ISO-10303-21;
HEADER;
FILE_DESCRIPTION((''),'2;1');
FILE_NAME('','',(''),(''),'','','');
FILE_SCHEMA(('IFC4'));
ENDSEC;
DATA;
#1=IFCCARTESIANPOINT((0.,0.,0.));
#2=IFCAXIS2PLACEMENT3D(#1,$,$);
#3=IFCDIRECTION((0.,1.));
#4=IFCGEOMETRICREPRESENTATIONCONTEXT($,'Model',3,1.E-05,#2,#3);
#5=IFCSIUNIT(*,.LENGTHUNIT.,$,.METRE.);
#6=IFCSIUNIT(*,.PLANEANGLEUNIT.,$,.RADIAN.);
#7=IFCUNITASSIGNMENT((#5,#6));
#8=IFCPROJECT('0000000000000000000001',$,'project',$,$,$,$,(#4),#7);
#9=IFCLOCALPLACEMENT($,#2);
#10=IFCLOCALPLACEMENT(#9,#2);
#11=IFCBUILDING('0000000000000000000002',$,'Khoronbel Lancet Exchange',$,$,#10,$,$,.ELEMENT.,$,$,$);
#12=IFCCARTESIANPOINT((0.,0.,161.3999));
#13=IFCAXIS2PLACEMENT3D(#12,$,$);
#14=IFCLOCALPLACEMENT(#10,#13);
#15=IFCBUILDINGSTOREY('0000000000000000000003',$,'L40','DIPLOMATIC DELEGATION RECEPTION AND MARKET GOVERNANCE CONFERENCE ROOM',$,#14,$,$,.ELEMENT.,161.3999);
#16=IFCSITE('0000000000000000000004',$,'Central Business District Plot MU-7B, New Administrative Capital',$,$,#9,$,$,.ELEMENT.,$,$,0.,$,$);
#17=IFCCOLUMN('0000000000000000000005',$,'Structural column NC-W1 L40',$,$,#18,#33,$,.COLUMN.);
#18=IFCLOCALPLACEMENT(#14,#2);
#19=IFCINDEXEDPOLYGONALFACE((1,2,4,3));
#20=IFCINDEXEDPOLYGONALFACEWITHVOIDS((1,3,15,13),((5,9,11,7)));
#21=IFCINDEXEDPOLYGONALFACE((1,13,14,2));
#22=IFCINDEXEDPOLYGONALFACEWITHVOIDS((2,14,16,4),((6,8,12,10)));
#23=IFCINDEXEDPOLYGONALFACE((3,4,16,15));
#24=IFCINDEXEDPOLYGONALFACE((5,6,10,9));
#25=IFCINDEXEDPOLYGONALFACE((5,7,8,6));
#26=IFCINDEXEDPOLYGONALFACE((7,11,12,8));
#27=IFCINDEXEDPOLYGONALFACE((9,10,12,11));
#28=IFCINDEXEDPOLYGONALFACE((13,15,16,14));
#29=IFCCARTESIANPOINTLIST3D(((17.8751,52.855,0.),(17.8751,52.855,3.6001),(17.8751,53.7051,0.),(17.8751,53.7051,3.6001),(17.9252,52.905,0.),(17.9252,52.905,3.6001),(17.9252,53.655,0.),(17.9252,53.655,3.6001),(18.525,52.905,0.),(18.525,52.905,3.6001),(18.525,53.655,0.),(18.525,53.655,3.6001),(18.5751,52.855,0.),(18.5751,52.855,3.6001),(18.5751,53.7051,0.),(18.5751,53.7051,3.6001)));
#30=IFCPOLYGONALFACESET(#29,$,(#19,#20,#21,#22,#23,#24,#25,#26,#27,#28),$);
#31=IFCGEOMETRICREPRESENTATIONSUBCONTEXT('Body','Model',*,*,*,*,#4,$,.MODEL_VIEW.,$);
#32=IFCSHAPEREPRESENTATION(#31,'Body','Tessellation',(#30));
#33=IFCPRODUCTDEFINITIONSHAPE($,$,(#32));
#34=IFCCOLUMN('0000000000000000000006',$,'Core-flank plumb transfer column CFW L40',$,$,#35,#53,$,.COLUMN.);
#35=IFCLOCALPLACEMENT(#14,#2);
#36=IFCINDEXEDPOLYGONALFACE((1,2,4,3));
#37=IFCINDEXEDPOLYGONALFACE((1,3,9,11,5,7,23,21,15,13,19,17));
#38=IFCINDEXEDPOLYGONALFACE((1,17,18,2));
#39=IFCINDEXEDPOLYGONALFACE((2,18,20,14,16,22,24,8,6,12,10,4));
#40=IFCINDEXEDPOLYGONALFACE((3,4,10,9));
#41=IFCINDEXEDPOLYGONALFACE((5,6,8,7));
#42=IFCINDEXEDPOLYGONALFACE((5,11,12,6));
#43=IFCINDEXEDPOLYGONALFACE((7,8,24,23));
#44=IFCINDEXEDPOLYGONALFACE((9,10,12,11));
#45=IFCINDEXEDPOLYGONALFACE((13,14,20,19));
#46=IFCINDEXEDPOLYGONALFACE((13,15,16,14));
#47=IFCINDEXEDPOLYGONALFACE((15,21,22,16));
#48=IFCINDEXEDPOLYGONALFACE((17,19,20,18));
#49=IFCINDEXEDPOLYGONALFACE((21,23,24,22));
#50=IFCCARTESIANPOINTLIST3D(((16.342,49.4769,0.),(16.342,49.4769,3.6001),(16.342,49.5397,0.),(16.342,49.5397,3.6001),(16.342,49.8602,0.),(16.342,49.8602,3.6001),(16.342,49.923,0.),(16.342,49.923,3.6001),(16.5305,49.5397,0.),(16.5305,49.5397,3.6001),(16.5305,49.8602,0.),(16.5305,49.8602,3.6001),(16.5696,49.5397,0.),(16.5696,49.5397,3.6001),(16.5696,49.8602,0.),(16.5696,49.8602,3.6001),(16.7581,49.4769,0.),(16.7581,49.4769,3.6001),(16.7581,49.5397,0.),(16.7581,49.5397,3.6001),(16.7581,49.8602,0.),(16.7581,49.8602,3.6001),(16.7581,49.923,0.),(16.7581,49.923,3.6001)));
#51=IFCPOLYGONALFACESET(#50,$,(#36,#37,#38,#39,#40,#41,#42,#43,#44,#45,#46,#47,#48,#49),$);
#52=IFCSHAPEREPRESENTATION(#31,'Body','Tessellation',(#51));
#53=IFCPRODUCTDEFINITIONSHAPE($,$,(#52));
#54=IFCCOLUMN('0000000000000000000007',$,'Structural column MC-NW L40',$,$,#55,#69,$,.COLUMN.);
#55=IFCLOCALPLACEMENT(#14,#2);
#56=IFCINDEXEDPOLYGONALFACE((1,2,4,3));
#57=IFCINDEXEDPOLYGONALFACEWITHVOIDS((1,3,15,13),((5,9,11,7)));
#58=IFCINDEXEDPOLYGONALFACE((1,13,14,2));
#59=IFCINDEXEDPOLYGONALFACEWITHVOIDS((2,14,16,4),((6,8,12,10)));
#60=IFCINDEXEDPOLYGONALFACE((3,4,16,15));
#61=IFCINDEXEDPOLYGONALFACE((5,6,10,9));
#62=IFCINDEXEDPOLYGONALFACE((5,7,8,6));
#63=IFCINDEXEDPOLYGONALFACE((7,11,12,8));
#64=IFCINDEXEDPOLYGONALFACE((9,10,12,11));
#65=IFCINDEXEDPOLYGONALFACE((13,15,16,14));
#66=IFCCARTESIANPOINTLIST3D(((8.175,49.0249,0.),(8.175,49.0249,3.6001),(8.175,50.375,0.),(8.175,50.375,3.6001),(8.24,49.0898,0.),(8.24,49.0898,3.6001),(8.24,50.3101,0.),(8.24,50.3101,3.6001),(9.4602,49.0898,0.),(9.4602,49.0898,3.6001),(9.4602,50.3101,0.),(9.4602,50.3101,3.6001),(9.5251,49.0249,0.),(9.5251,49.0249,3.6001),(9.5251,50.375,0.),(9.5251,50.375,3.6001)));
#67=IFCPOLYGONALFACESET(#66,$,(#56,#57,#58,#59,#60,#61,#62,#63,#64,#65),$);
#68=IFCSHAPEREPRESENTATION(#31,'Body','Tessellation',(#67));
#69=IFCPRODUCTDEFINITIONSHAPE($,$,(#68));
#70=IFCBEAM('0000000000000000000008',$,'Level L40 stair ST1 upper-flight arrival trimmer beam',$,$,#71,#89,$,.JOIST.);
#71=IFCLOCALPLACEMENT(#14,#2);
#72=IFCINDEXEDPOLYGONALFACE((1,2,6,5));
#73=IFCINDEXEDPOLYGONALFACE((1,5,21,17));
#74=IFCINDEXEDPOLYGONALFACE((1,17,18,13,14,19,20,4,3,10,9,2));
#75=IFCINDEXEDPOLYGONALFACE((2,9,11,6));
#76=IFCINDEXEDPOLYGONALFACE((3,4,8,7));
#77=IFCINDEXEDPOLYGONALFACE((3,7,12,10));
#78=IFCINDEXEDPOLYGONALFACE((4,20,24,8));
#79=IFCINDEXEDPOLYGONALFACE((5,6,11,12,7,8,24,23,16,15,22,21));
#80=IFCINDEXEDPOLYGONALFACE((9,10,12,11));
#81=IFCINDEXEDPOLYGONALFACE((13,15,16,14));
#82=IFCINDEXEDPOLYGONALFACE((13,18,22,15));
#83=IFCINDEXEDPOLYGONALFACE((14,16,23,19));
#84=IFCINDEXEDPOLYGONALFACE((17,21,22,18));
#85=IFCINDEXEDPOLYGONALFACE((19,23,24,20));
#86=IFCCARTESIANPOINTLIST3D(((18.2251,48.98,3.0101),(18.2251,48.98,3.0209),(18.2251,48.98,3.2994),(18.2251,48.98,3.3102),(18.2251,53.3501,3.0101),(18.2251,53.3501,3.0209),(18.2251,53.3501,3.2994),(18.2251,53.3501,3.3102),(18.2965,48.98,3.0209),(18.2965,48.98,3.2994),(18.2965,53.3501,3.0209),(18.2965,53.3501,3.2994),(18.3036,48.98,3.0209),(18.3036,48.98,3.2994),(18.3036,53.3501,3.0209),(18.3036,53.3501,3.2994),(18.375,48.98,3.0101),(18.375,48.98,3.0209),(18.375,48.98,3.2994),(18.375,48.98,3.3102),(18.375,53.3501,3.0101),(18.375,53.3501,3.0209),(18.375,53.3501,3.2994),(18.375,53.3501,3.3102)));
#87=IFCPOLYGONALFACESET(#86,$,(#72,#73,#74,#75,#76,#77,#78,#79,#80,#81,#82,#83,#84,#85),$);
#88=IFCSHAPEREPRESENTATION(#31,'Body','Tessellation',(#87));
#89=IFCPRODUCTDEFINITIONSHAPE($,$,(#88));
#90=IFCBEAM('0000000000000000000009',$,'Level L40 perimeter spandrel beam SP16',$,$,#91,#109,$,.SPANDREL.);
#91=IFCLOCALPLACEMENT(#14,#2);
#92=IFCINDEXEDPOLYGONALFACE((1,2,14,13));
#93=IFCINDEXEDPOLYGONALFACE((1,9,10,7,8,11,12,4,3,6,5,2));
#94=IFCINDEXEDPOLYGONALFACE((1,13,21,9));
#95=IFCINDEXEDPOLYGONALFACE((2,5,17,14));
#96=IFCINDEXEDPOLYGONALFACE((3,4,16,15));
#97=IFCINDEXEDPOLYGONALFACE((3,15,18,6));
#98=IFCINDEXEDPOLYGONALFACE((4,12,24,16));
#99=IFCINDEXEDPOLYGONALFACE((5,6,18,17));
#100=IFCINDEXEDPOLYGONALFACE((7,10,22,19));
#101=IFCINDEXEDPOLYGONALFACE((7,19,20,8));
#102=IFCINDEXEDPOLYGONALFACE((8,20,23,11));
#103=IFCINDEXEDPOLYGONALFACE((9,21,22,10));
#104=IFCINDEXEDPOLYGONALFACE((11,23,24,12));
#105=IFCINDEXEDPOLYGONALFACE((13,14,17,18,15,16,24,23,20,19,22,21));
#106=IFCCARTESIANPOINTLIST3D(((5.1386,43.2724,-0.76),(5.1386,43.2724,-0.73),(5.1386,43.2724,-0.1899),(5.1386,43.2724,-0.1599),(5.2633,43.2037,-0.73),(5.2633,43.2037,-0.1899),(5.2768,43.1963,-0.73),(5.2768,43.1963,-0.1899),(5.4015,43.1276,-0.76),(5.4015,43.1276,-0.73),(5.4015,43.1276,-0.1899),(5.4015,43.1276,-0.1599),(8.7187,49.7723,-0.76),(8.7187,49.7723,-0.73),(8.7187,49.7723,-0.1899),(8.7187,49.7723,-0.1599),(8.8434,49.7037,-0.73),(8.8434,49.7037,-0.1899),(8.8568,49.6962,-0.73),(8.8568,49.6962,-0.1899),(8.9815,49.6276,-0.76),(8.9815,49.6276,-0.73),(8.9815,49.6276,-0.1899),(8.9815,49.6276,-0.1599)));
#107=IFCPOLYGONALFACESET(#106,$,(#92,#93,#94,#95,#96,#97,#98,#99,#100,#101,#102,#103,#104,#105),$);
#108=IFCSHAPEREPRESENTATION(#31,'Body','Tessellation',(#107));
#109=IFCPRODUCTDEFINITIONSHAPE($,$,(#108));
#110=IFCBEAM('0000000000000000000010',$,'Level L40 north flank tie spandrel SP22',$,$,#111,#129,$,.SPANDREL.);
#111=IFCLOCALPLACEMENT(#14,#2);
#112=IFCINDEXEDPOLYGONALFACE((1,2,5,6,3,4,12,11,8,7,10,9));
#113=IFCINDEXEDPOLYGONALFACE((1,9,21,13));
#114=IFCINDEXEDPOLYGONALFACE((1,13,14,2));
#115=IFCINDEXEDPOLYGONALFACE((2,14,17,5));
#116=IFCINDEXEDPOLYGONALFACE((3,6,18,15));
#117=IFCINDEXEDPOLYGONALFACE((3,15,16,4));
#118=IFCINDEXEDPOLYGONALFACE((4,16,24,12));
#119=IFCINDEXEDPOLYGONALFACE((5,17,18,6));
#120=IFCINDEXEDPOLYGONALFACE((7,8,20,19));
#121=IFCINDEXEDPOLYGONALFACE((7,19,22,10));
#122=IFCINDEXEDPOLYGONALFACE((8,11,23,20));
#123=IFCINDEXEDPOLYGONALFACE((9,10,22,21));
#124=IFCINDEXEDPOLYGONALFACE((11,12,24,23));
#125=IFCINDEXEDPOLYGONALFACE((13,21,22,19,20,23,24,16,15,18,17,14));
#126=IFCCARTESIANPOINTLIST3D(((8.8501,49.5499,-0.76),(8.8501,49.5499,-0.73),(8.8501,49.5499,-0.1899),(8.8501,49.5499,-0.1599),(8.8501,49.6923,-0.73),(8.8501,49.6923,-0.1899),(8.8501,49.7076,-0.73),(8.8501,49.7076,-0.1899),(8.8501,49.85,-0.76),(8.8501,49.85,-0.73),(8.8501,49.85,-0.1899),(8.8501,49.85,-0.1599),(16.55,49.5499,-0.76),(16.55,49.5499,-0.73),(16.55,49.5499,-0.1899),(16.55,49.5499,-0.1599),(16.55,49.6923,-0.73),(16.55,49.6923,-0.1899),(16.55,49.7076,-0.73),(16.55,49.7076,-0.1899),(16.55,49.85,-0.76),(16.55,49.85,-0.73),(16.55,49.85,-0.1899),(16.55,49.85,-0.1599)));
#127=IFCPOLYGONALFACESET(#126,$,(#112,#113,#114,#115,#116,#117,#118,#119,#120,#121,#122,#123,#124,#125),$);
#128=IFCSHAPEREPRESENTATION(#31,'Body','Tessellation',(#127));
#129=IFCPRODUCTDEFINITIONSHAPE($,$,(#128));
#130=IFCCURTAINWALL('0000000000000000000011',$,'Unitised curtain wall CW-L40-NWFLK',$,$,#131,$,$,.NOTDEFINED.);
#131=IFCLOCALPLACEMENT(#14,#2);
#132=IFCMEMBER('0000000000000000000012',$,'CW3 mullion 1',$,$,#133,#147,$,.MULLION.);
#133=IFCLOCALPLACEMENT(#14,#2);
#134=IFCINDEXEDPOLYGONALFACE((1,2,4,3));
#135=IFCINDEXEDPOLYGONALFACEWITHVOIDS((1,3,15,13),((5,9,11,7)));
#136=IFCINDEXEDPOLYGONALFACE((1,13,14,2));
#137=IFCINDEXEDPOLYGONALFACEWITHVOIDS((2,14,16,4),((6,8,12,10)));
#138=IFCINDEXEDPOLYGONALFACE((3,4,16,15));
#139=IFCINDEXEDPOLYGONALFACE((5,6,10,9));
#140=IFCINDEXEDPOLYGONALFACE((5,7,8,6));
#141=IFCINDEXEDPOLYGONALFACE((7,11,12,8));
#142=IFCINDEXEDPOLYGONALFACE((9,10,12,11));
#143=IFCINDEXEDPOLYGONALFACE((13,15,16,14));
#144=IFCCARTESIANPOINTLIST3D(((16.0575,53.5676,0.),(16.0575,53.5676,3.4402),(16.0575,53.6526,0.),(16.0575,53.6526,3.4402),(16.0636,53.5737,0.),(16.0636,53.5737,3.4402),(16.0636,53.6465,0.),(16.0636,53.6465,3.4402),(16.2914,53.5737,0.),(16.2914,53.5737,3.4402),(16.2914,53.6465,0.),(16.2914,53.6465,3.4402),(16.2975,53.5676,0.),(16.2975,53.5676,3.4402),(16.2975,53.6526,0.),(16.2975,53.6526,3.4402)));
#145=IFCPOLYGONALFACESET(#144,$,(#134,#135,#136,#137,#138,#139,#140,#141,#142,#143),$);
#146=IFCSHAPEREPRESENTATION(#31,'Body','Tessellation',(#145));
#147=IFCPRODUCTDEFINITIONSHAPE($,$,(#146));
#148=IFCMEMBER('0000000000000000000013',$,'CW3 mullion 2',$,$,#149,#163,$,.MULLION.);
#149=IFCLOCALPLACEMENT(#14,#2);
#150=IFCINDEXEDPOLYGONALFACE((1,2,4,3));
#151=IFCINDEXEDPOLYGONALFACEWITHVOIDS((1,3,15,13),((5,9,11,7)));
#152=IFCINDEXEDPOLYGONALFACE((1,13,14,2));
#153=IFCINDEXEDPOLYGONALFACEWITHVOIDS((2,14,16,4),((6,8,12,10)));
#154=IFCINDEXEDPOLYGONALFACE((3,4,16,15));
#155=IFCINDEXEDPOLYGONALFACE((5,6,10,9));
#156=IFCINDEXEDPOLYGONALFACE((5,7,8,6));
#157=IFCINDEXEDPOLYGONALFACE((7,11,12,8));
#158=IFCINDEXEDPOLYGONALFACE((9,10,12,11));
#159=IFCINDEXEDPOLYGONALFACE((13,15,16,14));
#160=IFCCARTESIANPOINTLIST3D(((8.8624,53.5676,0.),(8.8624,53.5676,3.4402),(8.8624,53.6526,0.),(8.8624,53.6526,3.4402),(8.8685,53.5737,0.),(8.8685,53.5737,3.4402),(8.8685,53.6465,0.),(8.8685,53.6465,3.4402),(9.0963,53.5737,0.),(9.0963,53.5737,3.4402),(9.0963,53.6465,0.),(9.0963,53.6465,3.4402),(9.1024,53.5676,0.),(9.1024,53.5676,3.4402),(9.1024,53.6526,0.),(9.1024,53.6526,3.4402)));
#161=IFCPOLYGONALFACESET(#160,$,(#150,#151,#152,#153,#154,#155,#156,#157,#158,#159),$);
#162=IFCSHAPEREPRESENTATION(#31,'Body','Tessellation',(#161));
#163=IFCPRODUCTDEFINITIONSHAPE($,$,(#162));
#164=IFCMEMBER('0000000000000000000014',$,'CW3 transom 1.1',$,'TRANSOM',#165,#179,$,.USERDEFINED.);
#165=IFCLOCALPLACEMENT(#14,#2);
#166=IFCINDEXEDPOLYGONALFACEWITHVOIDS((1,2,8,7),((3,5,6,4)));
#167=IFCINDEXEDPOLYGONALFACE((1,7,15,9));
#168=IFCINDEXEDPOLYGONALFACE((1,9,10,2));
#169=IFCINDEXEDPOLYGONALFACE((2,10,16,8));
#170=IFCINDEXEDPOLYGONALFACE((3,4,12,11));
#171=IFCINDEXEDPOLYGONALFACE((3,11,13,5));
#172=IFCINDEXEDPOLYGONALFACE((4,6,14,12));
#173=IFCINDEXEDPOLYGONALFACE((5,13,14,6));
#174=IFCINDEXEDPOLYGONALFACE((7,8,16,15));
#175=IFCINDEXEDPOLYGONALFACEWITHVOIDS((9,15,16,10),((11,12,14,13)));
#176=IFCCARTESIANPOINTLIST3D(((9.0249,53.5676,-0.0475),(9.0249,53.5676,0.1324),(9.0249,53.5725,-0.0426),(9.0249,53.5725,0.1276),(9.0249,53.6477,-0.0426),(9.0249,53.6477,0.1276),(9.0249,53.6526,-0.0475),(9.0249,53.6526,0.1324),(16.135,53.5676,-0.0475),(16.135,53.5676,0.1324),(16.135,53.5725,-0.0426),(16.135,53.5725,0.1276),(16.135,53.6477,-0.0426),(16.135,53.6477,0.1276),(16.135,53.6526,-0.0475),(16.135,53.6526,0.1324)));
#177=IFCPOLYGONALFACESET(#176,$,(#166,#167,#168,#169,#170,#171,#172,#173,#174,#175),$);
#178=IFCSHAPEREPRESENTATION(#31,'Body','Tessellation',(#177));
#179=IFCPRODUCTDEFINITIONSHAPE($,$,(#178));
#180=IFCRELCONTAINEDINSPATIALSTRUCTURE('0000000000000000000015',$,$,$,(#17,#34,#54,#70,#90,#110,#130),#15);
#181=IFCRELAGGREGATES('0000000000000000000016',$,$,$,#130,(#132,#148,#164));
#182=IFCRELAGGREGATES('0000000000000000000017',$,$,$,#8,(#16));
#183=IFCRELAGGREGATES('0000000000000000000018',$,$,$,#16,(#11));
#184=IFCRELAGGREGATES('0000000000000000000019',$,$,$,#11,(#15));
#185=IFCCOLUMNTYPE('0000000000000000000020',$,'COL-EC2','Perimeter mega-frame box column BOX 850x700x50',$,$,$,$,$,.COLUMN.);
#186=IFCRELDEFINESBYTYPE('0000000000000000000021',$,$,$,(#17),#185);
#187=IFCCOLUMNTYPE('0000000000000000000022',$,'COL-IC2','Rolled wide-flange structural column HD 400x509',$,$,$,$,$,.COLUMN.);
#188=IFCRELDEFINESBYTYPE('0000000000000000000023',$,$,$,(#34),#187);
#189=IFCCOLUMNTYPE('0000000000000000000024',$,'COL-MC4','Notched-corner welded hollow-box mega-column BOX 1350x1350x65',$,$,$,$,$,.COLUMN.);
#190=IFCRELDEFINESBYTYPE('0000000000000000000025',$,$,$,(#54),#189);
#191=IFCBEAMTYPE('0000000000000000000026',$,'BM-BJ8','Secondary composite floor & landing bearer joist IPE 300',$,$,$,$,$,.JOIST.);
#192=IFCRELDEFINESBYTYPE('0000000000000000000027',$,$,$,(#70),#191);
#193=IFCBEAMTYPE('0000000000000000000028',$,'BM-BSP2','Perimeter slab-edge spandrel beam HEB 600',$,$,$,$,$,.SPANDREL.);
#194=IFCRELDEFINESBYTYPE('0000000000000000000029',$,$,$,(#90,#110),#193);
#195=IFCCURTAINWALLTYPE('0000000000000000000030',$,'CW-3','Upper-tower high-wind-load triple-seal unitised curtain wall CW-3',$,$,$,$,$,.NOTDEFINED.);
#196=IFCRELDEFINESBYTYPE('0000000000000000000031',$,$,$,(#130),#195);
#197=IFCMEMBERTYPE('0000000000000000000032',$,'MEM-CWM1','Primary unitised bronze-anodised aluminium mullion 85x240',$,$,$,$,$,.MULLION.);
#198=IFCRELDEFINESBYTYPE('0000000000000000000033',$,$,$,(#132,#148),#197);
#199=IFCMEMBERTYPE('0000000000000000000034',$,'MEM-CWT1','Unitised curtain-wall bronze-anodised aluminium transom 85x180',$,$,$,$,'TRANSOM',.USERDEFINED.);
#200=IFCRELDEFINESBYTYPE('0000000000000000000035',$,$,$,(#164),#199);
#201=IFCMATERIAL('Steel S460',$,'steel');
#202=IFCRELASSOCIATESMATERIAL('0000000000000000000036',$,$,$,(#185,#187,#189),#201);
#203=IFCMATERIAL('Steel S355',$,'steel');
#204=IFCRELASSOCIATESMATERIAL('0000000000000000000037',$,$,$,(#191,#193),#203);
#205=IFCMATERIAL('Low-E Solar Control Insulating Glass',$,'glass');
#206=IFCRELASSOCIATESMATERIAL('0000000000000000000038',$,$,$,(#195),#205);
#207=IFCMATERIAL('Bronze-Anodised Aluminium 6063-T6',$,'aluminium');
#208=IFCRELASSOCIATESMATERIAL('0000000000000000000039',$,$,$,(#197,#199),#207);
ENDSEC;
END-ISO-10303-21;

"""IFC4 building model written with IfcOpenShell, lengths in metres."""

from ifc_helpers import new_model, si_unit, direction, frame, origin, origin_2d, place, context, subcontext, project, spatial, hollow_rectangle, i_section, extrude, material, material_profile, profile_set, type_object, element, aggregate, save


model = new_model("IFC4")

# Units and contexts
model_context = context("Model", 3, precision=1e-05, world=origin(), true_north=direction((0.0, 1.0)))
body_context = subcontext(model_context, "Body", "Model", "MODEL_VIEW")
ifc_project = project(units=[si_unit("LENGTHUNIT", "METRE"), si_unit("PLANEANGLEUNIT", "RADIAN")], contexts=[model_context])

# Site, building, storey
site_placement = place(None, origin())
site = spatial("IfcSite", under=ifc_project, at=site_placement, Name="Central Business District Plot MU-7B, New Administrative Capital", CompositionType="ELEMENT", RefElevation=0.0)
building_placement = place(site_placement, origin())
building = spatial("IfcBuilding", under=site, at=building_placement, Name="Khoronbel Lancet Exchange", CompositionType="ELEMENT")
storey_placement = place(building_placement, frame((0.0, 0.0, 161.3999)))
storey = spatial("IfcBuildingStorey", under=building, at=storey_placement, Name="L40", Description="DIPLOMATIC DELEGATION RECEPTION AND MARKET GOVERNANCE CONFERENCE ROOM", CompositionType="ELEMENT", Elevation=161.3999)

# Columns
ifc_material_1 = material(Name="Steel S460", Category="steel")
ifc_material_profile_1 = material_profile(ifc_material_1, hollow_rectangle(XDim=0.7, YDim=0.8501, WallThickness=0.05, at=origin_2d()), Name="BOX 850x700x50")
ifc_profile_set_1 = profile_set([ifc_material_profile_1], Name="Steel S460")
column_type_1 = type_object("IfcColumnType", Name="COL-EC2", Description="Perimeter mega-frame box column BOX 850x700x50", PredefinedType="COLUMN", material=ifc_profile_set_1)
column_1_placement = place(storey_placement, frame((18.2251, 53.28, 0.0), z_axis=(0.0, 0.0, 1.0), x_axis=(1.0, 0.0, 0.0)))
element("IfcColumn", 1, at=column_1_placement, inside=storey, type_object=column_type_1, Name="Structural column NC-W1 L40", PredefinedType="COLUMN", context=body_context, shape_type="SweptSolid", body=[
    extrude(hollow_rectangle(XDim=0.7, YDim=0.8501, WallThickness=0.05, at=origin_2d()), origin(), (0.0, 0.0, 1.0), 3.6001),
])
ifc_material_profile_2 = material_profile(ifc_material_1, i_section(OverallWidth=0.416, OverallDepth=0.446, WebThickness=0.0391, FlangeThickness=0.0627, at=origin_2d()), Name="HD 400x509")
ifc_profile_set_2 = profile_set([ifc_material_profile_2], Name="Steel S460")
column_type_2 = type_object("IfcColumnType", Name="COL-IC2", Description="Rolled wide-flange structural column HD 400x509", PredefinedType="COLUMN", material=ifc_profile_set_2)
column_2_placement = place(storey_placement, frame((16.55, 49.7, 0.0), z_axis=(0.0, 0.0, 1.0), x_axis=(1.0, 0.0, 0.0)))
element("IfcColumn", 2, at=column_2_placement, inside=storey, type_object=column_type_2, Name="Core-flank plumb transfer column CFW L40", PredefinedType="COLUMN", context=body_context, shape_type="SweptSolid", body=[
    extrude(i_section(OverallWidth=0.416, OverallDepth=0.446, WebThickness=0.0391, FlangeThickness=0.0627, at=origin_2d()), origin(), (0.0, 0.0, 1.0), 3.6001),
])
ifc_material_profile_3 = material_profile(ifc_material_1, hollow_rectangle(XDim=1.3501, YDim=1.3501, WallThickness=0.0649, at=origin_2d()), Name="BOX 1350x1350x65")
ifc_profile_set_3 = profile_set([ifc_material_profile_3], Name="Steel S460")
column_type_3 = type_object("IfcColumnType", Name="COL-MC4", Description="Notched-corner welded hollow-box mega-column BOX 1350x1350x65", PredefinedType="COLUMN", material=ifc_profile_set_3)
column_3_placement = place(storey_placement, frame((8.8501, 49.7, 0.0), z_axis=(0.0, 0.0, 1.0), x_axis=(1.0, 0.0, 0.0)))
element("IfcColumn", 3, at=column_3_placement, inside=storey, type_object=column_type_3, Name="Structural column MC-NW L40", PredefinedType="COLUMN", context=body_context, shape_type="SweptSolid", body=[
    extrude(hollow_rectangle(XDim=1.3501, YDim=1.3501, WallThickness=0.0649, at=origin_2d()), origin(), (0.0, 0.0, 1.0), 3.6001),
])

# Beams
ifc_material_2 = material(Name="Steel S355", Category="steel")
ifc_material_profile_4 = material_profile(ifc_material_2, i_section(OverallWidth=0.1499, OverallDepth=0.3, WebThickness=0.0071, FlangeThickness=0.0107, at=origin_2d()), Name="IPE 300")
ifc_profile_set_4 = profile_set([ifc_material_profile_4], Name="Steel S355")
beam_type_1 = type_object("IfcBeamType", Name="BM-BJ8", Description="Secondary composite floor & landing bearer joist IPE 300", PredefinedType="JOIST", material=ifc_profile_set_4)
beam_1_placement = place(storey_placement, frame((18.3, 48.98, 3.1602), z_axis=(0.0, 1.0, 0.0), x_axis=(-1.0, 0.0, 0.0)))
element("IfcBeam", 4, at=beam_1_placement, inside=storey, type_object=beam_type_1, Name="Level L40 stair ST1 upper-flight arrival trimmer beam", PredefinedType="JOIST", context=body_context, shape_type="SweptSolid", body=[
    extrude(i_section(OverallWidth=0.1499, OverallDepth=0.3, WebThickness=0.0071, FlangeThickness=0.0107, at=origin_2d()), origin(), (0.0, 0.0, 1.0), 4.3701),
])
ifc_material_profile_5 = material_profile(ifc_material_2, i_section(OverallWidth=0.3, OverallDepth=0.6001, WebThickness=0.0154, FlangeThickness=0.03, at=origin_2d()), Name="HEB 600")
ifc_profile_set_5 = profile_set([ifc_material_profile_5], Name="Steel S355")
beam_type_2 = type_object("IfcBeamType", Name="BM-BSP2", Description="Perimeter slab-edge spandrel beam HEB 600", PredefinedType="SPANDREL", material=ifc_profile_set_5)
beam_2_placement = place(storey_placement, frame((8.8501, 49.7, -0.46), z_axis=(-0.482444, -0.875927, 0.0), x_axis=(0.875927, -0.482444, 0.0)))
element("IfcBeam", 5, at=beam_2_placement, inside=storey, type_object=beam_type_2, Name="Level L40 perimeter spandrel beam SP16", PredefinedType="SPANDREL", context=body_context, shape_type="SweptSolid", body=[
    extrude(i_section(OverallWidth=0.3, OverallDepth=0.6001, WebThickness=0.0154, FlangeThickness=0.03, at=origin_2d()), origin(), (0.0, 0.0, 1.0), 7.4207),
])
beam_3_placement = place(storey_placement, frame((8.8501, 49.7, -0.46), z_axis=(1.0, 0.0, 0.0), x_axis=(0.0, 1.0, 0.0)))
element("IfcBeam", 6, at=beam_3_placement, inside=storey, type_object=beam_type_2, Name="Level L40 north flank tie spandrel SP22", PredefinedType="SPANDREL", context=body_context, shape_type="SweptSolid", body=[
    extrude(i_section(OverallWidth=0.3, OverallDepth=0.6001, WebThickness=0.0154, FlangeThickness=0.03, at=origin_2d()), origin(), (0.0, 0.0, 1.0), 7.7),
])

# Curtain wall, members
ifc_material_3 = material(Name="Low-E Solar Control Insulating Glass", Category="glass")
curtain_wall_type = type_object("IfcCurtainWallType", Name="CW-3", Description="Upper-tower high-wind-load triple-seal unitised curtain wall CW-3", PredefinedType="NOTDEFINED", material=ifc_material_3)
curtain_wall_placement = place(storey_placement, origin())
curtain_wall = element("IfcCurtainWall", 7, at=curtain_wall_placement, inside=storey, type_object=curtain_wall_type, Name="Unitised curtain wall CW-L40-NWFLK", PredefinedType="NOTDEFINED")
ifc_material_4 = material(Name="Bronze-Anodised Aluminium 6063-T6", Category="aluminium")
ifc_material_profile_6 = material_profile(ifc_material_4, hollow_rectangle(XDim=0.085, YDim=0.24, WallThickness=0.0061, at=origin_2d()), Name="ALU MULLION 85x240")
ifc_profile_set_6 = profile_set([ifc_material_profile_6], Name="Bronze-Anodised Aluminium 6063-T6")
member_type_1 = type_object("IfcMemberType", Name="MEM-CWM1", Description="Primary unitised bronze-anodised aluminium mullion 85x240", PredefinedType="MULLION", material=ifc_profile_set_6)
member_1_placement = place(storey_placement, frame((16.1775, 53.6101, 0.0), z_axis=(0.0, 0.0, 1.0), x_axis=(0.0, -1.0, 0.0)))
member_1 = element("IfcMember", 8, at=member_1_placement, type_object=member_type_1, Name="CW3 mullion 1", PredefinedType="MULLION", context=body_context, shape_type="SweptSolid", body=[
    extrude(hollow_rectangle(XDim=0.085, YDim=0.24, WallThickness=0.0061, at=origin_2d()), origin(), (0.0, 0.0, 1.0), 3.4402),
])
member_2_placement = place(storey_placement, frame((8.9824, 53.6101, 0.0), z_axis=(0.0, 0.0, 1.0), x_axis=(0.0, -1.0, 0.0)))
member_2 = element("IfcMember", 9, at=member_2_placement, type_object=member_type_1, Name="CW3 mullion 2", PredefinedType="MULLION", context=body_context, shape_type="SweptSolid", body=[
    extrude(hollow_rectangle(XDim=0.085, YDim=0.24, WallThickness=0.0061, at=origin_2d()), origin(), (0.0, 0.0, 1.0), 3.4402),
])
ifc_material_profile_7 = material_profile(ifc_material_4, hollow_rectangle(XDim=0.085, YDim=0.1799, WallThickness=0.0049, at=origin_2d()), Name="ALU TRANSOM 85x180")
ifc_profile_set_7 = profile_set([ifc_material_profile_7], Name="Bronze-Anodised Aluminium 6063-T6")
member_type_2 = type_object("IfcMemberType", Name="MEM-CWT1", Description="Unitised curtain-wall bronze-anodised aluminium transom 85x180", ElementType="TRANSOM", PredefinedType="USERDEFINED", material=ifc_profile_set_7)
member_3_placement = place(storey_placement, frame((16.135, 53.6101, 0.0425), z_axis=(-1.0, 0.0, 0.0), x_axis=(0.0, -1.0, 0.0)))
member_3 = element("IfcMember", 10, at=member_3_placement, type_object=member_type_2, Name="CW3 transom 1.1", ObjectType="TRANSOM", PredefinedType="USERDEFINED", context=body_context, shape_type="SweptSolid", body=[
    extrude(hollow_rectangle(XDim=0.085, YDim=0.1799, WallThickness=0.0049, at=origin_2d()), origin(), (0.0, 0.0, 1.0), 7.1101),
])
aggregate(curtain_wall, [member_1, member_2, member_3])

save(model, "model.ifc")
